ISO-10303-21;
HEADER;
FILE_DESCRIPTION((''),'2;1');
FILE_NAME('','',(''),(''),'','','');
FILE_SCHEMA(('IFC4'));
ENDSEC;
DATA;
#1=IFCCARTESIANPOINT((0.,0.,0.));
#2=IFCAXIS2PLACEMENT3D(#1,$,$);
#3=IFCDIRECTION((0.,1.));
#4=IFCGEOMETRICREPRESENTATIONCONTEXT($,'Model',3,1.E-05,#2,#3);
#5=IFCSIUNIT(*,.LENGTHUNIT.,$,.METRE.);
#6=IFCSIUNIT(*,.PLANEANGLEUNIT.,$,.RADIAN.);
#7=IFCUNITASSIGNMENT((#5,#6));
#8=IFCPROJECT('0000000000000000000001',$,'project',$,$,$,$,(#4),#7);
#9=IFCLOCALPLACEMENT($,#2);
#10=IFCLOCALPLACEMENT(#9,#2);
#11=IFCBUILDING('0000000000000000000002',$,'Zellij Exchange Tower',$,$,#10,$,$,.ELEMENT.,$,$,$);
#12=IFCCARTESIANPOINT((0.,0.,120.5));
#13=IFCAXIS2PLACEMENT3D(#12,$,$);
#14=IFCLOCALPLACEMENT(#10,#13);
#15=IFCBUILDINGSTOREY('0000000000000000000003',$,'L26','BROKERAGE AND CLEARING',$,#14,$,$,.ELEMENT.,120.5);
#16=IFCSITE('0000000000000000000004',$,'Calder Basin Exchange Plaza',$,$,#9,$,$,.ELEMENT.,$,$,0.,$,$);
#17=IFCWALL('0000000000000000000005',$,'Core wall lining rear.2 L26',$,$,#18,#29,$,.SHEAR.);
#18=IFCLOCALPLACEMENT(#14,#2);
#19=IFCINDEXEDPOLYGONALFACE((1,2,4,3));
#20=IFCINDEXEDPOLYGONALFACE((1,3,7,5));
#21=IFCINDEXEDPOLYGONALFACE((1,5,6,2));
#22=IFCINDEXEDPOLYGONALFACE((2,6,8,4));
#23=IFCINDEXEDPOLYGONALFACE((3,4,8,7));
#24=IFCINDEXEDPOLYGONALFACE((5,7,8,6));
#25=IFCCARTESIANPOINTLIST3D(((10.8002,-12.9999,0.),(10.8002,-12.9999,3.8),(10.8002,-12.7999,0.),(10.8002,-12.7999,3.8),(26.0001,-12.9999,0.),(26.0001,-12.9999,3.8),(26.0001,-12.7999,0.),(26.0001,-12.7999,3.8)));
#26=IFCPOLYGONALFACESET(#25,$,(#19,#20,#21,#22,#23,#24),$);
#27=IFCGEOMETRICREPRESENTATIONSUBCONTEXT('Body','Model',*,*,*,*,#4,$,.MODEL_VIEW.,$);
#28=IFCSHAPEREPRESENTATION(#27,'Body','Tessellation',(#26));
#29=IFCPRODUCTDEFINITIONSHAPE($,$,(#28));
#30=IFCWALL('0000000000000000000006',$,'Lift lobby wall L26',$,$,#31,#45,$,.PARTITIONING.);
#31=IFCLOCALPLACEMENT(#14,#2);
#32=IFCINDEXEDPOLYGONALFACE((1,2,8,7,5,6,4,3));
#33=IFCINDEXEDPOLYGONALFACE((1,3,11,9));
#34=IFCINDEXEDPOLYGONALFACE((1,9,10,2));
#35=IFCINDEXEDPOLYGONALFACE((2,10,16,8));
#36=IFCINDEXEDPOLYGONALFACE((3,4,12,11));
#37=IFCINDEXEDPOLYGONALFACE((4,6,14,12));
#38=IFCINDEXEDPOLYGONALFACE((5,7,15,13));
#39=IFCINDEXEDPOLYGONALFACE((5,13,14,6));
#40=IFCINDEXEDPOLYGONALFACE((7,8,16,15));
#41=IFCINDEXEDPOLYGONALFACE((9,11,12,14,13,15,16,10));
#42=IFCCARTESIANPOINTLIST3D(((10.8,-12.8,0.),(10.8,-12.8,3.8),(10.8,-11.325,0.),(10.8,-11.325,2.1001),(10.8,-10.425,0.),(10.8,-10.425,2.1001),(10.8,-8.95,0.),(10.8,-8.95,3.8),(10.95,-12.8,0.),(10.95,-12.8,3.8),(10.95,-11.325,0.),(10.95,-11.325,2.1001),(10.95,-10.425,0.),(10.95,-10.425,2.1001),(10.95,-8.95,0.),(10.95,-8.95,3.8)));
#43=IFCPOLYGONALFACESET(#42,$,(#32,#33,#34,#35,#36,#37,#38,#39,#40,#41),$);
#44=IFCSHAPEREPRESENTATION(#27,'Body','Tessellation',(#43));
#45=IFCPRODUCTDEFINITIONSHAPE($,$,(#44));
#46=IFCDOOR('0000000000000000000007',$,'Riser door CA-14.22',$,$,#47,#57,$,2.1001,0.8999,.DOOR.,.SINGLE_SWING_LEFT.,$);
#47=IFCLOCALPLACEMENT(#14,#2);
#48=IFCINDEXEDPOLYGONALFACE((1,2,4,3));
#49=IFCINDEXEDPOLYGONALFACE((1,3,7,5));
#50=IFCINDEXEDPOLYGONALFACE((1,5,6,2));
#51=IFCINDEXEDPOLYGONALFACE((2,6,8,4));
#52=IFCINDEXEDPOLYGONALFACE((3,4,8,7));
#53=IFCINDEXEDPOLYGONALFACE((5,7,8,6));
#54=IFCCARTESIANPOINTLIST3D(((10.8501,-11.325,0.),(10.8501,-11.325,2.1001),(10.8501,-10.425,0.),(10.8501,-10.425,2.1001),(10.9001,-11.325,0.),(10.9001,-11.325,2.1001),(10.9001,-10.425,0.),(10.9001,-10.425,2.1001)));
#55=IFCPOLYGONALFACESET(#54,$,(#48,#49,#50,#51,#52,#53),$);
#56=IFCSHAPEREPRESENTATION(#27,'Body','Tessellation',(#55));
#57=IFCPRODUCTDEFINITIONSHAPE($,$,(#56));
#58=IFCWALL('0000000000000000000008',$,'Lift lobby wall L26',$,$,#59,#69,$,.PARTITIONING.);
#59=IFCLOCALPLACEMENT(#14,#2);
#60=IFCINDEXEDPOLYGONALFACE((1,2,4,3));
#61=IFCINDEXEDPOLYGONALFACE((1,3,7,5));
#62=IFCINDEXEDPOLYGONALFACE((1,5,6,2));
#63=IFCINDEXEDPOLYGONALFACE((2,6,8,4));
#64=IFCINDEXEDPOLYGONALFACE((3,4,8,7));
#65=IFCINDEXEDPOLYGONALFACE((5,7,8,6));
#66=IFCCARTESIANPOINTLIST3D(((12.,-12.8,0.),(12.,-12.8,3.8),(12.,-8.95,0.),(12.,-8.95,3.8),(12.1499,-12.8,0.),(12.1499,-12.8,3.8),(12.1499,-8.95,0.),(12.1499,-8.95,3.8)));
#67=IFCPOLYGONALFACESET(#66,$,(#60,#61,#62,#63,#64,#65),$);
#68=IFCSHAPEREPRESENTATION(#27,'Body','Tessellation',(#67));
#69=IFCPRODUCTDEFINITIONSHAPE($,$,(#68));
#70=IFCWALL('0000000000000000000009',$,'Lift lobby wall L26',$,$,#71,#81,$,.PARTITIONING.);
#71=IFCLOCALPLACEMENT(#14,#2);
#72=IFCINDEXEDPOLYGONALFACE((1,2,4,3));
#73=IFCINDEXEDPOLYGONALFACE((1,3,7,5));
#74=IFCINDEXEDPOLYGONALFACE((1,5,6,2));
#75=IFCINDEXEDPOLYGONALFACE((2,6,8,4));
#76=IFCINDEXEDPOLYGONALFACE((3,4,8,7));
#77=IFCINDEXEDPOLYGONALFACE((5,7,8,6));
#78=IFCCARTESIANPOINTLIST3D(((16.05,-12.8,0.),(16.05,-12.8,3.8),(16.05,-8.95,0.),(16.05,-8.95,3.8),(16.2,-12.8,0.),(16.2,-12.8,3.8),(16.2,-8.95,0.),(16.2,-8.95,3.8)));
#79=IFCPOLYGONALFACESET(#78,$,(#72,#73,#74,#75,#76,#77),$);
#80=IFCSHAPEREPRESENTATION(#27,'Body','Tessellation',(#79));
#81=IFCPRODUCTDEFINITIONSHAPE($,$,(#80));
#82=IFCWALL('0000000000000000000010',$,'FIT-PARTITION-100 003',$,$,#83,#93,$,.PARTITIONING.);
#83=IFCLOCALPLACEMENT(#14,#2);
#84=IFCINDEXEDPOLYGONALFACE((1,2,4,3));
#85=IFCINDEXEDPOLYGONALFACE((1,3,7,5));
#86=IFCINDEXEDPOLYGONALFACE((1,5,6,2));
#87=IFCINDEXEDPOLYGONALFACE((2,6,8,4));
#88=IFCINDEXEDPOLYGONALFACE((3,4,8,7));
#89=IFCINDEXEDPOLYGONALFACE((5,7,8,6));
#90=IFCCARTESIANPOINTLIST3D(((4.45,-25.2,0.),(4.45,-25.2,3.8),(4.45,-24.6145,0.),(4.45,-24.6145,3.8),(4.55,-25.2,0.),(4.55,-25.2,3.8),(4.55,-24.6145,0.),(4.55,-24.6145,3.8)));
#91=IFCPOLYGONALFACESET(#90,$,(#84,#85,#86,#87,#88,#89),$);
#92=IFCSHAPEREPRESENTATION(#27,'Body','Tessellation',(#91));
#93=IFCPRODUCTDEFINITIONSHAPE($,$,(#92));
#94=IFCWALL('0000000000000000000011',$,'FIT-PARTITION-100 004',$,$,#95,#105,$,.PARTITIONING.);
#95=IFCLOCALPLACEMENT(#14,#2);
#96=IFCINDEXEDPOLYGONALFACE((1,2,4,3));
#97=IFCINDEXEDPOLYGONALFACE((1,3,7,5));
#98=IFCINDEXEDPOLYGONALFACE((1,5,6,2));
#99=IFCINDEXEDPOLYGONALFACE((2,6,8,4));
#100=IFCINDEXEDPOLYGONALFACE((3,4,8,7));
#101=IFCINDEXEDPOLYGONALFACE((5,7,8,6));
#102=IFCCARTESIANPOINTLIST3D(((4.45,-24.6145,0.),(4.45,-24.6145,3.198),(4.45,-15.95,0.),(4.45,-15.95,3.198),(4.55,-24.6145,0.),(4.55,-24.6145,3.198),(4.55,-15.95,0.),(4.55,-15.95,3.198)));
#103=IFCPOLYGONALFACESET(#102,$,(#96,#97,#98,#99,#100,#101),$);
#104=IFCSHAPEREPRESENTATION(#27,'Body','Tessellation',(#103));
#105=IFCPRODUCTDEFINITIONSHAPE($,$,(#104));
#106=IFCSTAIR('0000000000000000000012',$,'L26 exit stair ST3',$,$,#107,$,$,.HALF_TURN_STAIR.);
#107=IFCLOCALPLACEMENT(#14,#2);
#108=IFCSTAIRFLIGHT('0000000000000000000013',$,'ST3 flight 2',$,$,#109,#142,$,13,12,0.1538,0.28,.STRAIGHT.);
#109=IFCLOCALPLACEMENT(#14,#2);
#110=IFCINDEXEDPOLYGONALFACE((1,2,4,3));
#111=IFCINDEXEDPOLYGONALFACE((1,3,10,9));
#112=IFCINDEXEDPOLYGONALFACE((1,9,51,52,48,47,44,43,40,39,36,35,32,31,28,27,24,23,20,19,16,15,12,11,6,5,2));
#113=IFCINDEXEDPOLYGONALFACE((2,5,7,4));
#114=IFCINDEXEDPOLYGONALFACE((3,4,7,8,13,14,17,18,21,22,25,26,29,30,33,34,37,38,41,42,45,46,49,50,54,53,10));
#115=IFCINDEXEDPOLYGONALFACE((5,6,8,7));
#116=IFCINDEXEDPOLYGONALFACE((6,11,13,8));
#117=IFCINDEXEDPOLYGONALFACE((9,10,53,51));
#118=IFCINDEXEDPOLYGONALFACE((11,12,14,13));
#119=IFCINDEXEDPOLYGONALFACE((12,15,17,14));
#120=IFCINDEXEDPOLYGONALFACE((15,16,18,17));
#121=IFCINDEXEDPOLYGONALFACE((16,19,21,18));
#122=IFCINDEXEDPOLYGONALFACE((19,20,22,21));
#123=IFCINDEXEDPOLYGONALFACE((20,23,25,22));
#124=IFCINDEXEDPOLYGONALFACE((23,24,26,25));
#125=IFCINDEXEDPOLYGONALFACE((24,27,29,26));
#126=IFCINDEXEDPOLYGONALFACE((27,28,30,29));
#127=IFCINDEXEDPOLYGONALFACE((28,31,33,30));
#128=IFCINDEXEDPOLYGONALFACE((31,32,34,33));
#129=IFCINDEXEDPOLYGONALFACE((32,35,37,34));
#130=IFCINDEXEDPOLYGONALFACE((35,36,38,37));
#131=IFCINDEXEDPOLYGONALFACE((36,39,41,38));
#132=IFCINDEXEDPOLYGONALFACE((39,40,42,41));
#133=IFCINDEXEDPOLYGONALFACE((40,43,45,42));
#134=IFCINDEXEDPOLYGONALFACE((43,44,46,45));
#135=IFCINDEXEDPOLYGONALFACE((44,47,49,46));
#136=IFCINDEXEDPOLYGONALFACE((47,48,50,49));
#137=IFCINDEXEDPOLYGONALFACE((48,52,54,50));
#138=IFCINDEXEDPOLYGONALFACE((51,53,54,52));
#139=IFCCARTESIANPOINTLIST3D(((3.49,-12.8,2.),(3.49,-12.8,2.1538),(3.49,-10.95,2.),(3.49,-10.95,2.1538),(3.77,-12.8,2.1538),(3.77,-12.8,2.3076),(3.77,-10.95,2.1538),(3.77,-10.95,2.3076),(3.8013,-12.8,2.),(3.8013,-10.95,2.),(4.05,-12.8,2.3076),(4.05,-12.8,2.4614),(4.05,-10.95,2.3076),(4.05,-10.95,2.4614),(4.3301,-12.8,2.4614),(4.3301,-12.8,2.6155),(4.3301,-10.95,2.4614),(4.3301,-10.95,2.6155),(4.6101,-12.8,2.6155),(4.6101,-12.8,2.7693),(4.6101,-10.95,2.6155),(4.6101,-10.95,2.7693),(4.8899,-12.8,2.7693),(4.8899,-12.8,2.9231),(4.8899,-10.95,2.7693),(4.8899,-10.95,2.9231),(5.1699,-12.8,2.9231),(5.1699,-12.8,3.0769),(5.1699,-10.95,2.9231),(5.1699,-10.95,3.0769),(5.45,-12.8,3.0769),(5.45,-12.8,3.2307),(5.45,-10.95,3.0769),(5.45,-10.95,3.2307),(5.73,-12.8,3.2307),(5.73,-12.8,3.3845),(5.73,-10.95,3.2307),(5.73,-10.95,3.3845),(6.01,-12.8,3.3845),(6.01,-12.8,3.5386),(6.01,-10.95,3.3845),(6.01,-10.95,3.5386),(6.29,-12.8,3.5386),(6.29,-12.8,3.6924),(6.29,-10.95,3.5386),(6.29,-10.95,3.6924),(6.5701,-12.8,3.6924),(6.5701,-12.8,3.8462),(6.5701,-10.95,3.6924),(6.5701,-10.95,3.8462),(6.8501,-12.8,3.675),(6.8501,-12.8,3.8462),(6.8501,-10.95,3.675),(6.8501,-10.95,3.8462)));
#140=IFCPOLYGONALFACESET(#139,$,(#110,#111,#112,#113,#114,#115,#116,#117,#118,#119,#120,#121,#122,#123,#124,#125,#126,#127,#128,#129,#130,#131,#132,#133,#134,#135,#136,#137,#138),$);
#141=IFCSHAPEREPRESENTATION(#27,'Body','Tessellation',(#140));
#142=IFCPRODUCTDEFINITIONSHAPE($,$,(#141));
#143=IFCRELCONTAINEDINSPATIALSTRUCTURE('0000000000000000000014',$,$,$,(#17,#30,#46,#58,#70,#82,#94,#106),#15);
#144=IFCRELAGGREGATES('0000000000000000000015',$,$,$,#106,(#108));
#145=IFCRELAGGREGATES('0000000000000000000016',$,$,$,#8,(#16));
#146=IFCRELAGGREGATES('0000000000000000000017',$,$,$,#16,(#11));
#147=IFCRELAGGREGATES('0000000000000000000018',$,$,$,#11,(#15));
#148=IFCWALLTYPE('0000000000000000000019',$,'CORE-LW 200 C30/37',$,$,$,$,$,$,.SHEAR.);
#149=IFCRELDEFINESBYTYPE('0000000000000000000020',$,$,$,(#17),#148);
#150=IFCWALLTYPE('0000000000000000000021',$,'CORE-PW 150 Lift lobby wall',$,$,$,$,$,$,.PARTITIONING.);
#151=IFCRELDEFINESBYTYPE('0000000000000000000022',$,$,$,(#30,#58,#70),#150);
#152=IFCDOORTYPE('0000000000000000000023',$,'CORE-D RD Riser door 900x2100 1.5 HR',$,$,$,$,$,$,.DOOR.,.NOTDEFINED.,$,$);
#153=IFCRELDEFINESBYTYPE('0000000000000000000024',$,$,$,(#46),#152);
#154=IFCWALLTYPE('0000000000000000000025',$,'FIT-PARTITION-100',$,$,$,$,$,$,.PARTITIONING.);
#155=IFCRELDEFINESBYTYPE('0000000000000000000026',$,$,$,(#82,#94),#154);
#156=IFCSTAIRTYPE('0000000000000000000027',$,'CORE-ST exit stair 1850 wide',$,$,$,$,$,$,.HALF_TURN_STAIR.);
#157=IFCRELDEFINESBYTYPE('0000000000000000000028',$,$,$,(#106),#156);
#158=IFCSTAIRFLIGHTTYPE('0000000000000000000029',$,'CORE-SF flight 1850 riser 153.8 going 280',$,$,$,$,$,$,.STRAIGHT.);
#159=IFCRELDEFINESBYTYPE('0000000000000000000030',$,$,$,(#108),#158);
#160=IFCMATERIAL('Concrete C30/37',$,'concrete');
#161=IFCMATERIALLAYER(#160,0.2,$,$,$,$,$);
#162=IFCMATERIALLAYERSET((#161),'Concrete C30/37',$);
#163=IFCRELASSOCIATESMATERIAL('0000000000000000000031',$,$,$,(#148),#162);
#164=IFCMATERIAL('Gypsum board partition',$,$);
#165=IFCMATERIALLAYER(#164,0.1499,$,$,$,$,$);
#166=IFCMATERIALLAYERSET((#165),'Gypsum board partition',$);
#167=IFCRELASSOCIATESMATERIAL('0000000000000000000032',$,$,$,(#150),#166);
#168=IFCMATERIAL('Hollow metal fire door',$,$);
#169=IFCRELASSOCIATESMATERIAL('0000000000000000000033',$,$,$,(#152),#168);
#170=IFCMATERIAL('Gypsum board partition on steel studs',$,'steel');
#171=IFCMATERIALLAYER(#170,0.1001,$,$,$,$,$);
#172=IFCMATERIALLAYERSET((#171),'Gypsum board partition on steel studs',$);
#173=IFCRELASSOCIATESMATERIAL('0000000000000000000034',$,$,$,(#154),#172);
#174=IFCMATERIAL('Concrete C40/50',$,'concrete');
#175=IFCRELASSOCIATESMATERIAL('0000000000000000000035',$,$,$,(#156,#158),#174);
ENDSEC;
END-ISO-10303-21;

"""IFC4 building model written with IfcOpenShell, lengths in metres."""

from ifc_helpers import new_model, si_unit, direction, frame, frame_2d, origin, place, context, subcontext, project, spatial, polyline, rectangle, outline, extrude, material, layer, layer_set, type_object, element, fill, aggregate, save


model = new_model("IFC4")

# Units and contexts
model_context = context("Model", 3, precision=1e-05, world=origin(), true_north=direction((0.0, 1.0)))
body_context = subcontext(model_context, "Body", "Model", "MODEL_VIEW")
ifc_project = project(units=[si_unit("LENGTHUNIT", "METRE"), si_unit("PLANEANGLEUNIT", "RADIAN")], contexts=[model_context])

# Site, building, storey
site_placement = place(None, origin())
site = spatial("IfcSite", under=ifc_project, at=site_placement, Name="Calder Basin Exchange Plaza", CompositionType="ELEMENT", RefElevation=0.0)
building_placement = place(site_placement, origin())
building = spatial("IfcBuilding", under=site, at=building_placement, Name="Zellij Exchange Tower", CompositionType="ELEMENT")
storey_placement = place(building_placement, frame((0.0, 0.0, 120.5)))
storey = spatial("IfcBuildingStorey", under=building, at=storey_placement, Name="L26", Description="BROKERAGE AND CLEARING", CompositionType="ELEMENT", Elevation=120.5)

# Wall
ifc_material_1 = material(Name="Concrete C30/37", Category="concrete")
ifc_layer_1 = layer(ifc_material_1, 0.2)
ifc_layer_set_1 = layer_set([ifc_layer_1], Name="Concrete C30/37")
wall_type_1 = type_object("IfcWallType", Name="CORE-LW 200 C30/37", PredefinedType="SHEAR", material=ifc_layer_set_1)
wall_1_placement = place(storey_placement, frame((10.8, -12.8999, 0.0), z_axis=(0.0, 0.0, 1.0), x_axis=(1.0, 0.0, 0.0)))
element("IfcWall", 1, at=wall_1_placement, inside=storey, type_object=wall_type_1, Name="Core wall lining rear.2 L26", PredefinedType="SHEAR", context=body_context, shape_type="SweptSolid", body=[
    extrude(rectangle(XDim=15.2, YDim=0.2, at=frame_2d((7.6001, 0.0))), origin(), (0.0, 0.0, 1.0), 3.8),
])

# Wall, opening, door
ifc_material_2 = material(Name="Gypsum board partition")
ifc_layer_2 = layer(ifc_material_2, 0.1499)
ifc_layer_set_2 = layer_set([ifc_layer_2], Name="Gypsum board partition")
wall_type_2 = type_object("IfcWallType", Name="CORE-PW 150 Lift lobby wall", PredefinedType="PARTITIONING", material=ifc_layer_set_2)
wall_2_placement = place(storey_placement, frame((10.875, -12.8, 0.0), z_axis=(0.0, 0.0, 1.0), x_axis=(0.0, 1.0, 0.0)))
wall_2 = element("IfcWall", 2, at=wall_2_placement, inside=storey, type_object=wall_type_2, Name="Lift lobby wall L26", PredefinedType="PARTITIONING", context=body_context, shape_type="SweptSolid", body=[
    extrude(rectangle(XDim=3.8501, YDim=0.1499, at=frame_2d((1.925, 0.0))), origin(), (0.0, 0.0, 1.0), 3.8),
])
opening_placement = place(wall_2_placement, frame((1.4751, 0.0, 0.0)))
opening = element("IfcOpeningElement", 3, at=opening_placement, cuts=wall_2, PredefinedType="OPENING", context=body_context, shape_type="SweptSolid", body=[
    extrude(rectangle(XDim=0.8999, YDim=2.1001, at=frame_2d((0.45, 1.05))), frame((0.0, 0.0869, 0.0), z_axis=(0.0, -1.0, 0.0), x_axis=(1.0, 0.0, 0.0)), (0.0, 0.0, 1.0), 0.1738),
])
ifc_material_3 = material(Name="Hollow metal fire door")
door_type = type_object("IfcDoorType", Name="CORE-D RD Riser door 900x2100 1.5 HR", OperationType="NOTDEFINED", PredefinedType="DOOR", material=ifc_material_3)
door_placement = place(opening_placement, origin())
door = element("IfcDoor", 4, at=door_placement, inside=storey, type_object=door_type, Name="Riser door CA-14.22", OperationType="SINGLE_SWING_LEFT", OverallHeight=2.1001, OverallWidth=0.8999, PredefinedType="DOOR", context=body_context, shape_type="SweptSolid", body=[
    extrude(rectangle(XDim=0.8999, YDim=2.1001, at=frame_2d((0.45, 1.05))), frame((0.0, 0.0249, 0.0), z_axis=(0.0, -1.0, 0.0), x_axis=(1.0, 0.0, 0.0)), (0.0, 0.0, 1.0), 0.05),
])
fill(opening, door)

# Walls
for number, where, z_axis, x_axis, name in (
    (5, (12.075, -12.8, 0.0), (0.0, 0.0, 1.0), (0.0, 1.0, 0.0), "Lift lobby wall L26"),
    (6, (16.125, -12.8, 0.0), (0.0, 0.0, 1.0), (0.0, 1.0, 0.0), "Lift lobby wall L26"),
):
    element("IfcWall", number, at=place(storey_placement, frame(where, z_axis=z_axis, x_axis=x_axis)), inside=storey, type_object=wall_type_2, Name=name, PredefinedType="PARTITIONING", context=body_context, shape_type="SweptSolid", body=[
        extrude(rectangle(XDim=3.8501, YDim=0.1499, at=frame_2d((1.925, 0.0))), origin(), (0.0, 0.0, 1.0), 3.8),
    ])
ifc_material_4 = material(Name="Gypsum board partition on steel studs", Category="steel")
ifc_layer_3 = layer(ifc_material_4, 0.1001)
ifc_layer_set_3 = layer_set([ifc_layer_3], Name="Gypsum board partition on steel studs")
wall_type_3 = type_object("IfcWallType", Name="FIT-PARTITION-100", PredefinedType="PARTITIONING", material=ifc_layer_set_3)
wall_3_placement = place(storey_placement, frame((4.5, -25.2, 0.0), z_axis=(0.0, 0.0, 1.0), x_axis=(0.0, 1.0, 0.0)))
element("IfcWall", 7, at=wall_3_placement, inside=storey, type_object=wall_type_3, Name="FIT-PARTITION-100 003", PredefinedType="PARTITIONING", context=body_context, shape_type="SweptSolid", body=[
    extrude(rectangle(XDim=0.5854, YDim=0.1001, at=frame_2d((0.2927, 0.0))), origin(), (0.0, 0.0, 1.0), 3.8),
])
wall_4_placement = place(storey_placement, frame((4.5, -24.6145, 0.0), z_axis=(0.0, 0.0, 1.0), x_axis=(0.0, 1.0, 0.0)))
element("IfcWall", 8, at=wall_4_placement, inside=storey, type_object=wall_type_3, Name="FIT-PARTITION-100 004", PredefinedType="PARTITIONING", context=body_context, shape_type="SweptSolid", body=[
    extrude(rectangle(XDim=8.6646, YDim=0.1001, at=frame_2d((4.3323, 0.0))), origin(), (0.0, 0.0, 1.0), 3.198),
])

# Stair, stair flight
ifc_material_5 = material(Name="Concrete C40/50", Category="concrete")
stair_type = type_object("IfcStairType", Name="CORE-ST exit stair 1850 wide", PredefinedType="HALF_TURN_STAIR", material=ifc_material_5)
stair_placement = place(storey_placement, origin())
stair = element("IfcStair", 9, at=stair_placement, inside=storey, type_object=stair_type, Name="L26 exit stair ST3", PredefinedType="HALF_TURN_STAIR")
stair_flight_type = type_object("IfcStairFlightType", Name="CORE-SF flight 1850 riser 153.8 going 280", PredefinedType="STRAIGHT", material=ifc_material_5)
stair_flight_placement = place(storey_placement, frame((3.49, -11.875, 2.0), z_axis=(0.0, 0.0, 1.0), x_axis=(1.0, 0.0, 0.0)))
stair_flight = element("IfcStairFlight", 10, at=stair_flight_placement, type_object=stair_flight_type, Name="ST3 flight 2", NumberOfRisers=13, NumberOfTreads=12, PredefinedType="STRAIGHT", RiserHeight=0.1538, TreadLength=0.28, context=body_context, shape_type="SweptSolid", body=[
    extrude(outline(polyline([(0.0, 0.0), (0.0, 0.1538), (0.28, 0.1538), (0.28, 0.3076), (0.5601, 0.3076), (0.5601, 0.4614), (0.8401, 0.4614), (0.8401, 0.6155), (1.1201, 0.6155), (1.1201, 0.7693), (1.3999, 0.7693), (1.3999, 0.9231), (1.6799, 0.9231), (1.6799, 1.0769), (1.96, 1.0769), (1.96, 1.2307), (2.24, 1.2307), (2.24, 1.3845), (2.52, 1.3845), (2.52, 1.5386), (2.8, 1.5386), (2.8, 1.6924), (3.0801, 1.6924), (3.0801, 1.8462), (3.3601, 1.8462), (3.3601, 2.0), (3.3601, 1.675), (0.3113, 0.0), (0.0, 0.0)])), frame((0.0, 0.925, 0.0), z_axis=(0.0, -1.0, 0.0), x_axis=(1.0, 0.0, 0.0)), (0.0, 0.0, 1.0), 1.8501),
])
aggregate(stair, [stair_flight])

save(model, "model.ifc")
